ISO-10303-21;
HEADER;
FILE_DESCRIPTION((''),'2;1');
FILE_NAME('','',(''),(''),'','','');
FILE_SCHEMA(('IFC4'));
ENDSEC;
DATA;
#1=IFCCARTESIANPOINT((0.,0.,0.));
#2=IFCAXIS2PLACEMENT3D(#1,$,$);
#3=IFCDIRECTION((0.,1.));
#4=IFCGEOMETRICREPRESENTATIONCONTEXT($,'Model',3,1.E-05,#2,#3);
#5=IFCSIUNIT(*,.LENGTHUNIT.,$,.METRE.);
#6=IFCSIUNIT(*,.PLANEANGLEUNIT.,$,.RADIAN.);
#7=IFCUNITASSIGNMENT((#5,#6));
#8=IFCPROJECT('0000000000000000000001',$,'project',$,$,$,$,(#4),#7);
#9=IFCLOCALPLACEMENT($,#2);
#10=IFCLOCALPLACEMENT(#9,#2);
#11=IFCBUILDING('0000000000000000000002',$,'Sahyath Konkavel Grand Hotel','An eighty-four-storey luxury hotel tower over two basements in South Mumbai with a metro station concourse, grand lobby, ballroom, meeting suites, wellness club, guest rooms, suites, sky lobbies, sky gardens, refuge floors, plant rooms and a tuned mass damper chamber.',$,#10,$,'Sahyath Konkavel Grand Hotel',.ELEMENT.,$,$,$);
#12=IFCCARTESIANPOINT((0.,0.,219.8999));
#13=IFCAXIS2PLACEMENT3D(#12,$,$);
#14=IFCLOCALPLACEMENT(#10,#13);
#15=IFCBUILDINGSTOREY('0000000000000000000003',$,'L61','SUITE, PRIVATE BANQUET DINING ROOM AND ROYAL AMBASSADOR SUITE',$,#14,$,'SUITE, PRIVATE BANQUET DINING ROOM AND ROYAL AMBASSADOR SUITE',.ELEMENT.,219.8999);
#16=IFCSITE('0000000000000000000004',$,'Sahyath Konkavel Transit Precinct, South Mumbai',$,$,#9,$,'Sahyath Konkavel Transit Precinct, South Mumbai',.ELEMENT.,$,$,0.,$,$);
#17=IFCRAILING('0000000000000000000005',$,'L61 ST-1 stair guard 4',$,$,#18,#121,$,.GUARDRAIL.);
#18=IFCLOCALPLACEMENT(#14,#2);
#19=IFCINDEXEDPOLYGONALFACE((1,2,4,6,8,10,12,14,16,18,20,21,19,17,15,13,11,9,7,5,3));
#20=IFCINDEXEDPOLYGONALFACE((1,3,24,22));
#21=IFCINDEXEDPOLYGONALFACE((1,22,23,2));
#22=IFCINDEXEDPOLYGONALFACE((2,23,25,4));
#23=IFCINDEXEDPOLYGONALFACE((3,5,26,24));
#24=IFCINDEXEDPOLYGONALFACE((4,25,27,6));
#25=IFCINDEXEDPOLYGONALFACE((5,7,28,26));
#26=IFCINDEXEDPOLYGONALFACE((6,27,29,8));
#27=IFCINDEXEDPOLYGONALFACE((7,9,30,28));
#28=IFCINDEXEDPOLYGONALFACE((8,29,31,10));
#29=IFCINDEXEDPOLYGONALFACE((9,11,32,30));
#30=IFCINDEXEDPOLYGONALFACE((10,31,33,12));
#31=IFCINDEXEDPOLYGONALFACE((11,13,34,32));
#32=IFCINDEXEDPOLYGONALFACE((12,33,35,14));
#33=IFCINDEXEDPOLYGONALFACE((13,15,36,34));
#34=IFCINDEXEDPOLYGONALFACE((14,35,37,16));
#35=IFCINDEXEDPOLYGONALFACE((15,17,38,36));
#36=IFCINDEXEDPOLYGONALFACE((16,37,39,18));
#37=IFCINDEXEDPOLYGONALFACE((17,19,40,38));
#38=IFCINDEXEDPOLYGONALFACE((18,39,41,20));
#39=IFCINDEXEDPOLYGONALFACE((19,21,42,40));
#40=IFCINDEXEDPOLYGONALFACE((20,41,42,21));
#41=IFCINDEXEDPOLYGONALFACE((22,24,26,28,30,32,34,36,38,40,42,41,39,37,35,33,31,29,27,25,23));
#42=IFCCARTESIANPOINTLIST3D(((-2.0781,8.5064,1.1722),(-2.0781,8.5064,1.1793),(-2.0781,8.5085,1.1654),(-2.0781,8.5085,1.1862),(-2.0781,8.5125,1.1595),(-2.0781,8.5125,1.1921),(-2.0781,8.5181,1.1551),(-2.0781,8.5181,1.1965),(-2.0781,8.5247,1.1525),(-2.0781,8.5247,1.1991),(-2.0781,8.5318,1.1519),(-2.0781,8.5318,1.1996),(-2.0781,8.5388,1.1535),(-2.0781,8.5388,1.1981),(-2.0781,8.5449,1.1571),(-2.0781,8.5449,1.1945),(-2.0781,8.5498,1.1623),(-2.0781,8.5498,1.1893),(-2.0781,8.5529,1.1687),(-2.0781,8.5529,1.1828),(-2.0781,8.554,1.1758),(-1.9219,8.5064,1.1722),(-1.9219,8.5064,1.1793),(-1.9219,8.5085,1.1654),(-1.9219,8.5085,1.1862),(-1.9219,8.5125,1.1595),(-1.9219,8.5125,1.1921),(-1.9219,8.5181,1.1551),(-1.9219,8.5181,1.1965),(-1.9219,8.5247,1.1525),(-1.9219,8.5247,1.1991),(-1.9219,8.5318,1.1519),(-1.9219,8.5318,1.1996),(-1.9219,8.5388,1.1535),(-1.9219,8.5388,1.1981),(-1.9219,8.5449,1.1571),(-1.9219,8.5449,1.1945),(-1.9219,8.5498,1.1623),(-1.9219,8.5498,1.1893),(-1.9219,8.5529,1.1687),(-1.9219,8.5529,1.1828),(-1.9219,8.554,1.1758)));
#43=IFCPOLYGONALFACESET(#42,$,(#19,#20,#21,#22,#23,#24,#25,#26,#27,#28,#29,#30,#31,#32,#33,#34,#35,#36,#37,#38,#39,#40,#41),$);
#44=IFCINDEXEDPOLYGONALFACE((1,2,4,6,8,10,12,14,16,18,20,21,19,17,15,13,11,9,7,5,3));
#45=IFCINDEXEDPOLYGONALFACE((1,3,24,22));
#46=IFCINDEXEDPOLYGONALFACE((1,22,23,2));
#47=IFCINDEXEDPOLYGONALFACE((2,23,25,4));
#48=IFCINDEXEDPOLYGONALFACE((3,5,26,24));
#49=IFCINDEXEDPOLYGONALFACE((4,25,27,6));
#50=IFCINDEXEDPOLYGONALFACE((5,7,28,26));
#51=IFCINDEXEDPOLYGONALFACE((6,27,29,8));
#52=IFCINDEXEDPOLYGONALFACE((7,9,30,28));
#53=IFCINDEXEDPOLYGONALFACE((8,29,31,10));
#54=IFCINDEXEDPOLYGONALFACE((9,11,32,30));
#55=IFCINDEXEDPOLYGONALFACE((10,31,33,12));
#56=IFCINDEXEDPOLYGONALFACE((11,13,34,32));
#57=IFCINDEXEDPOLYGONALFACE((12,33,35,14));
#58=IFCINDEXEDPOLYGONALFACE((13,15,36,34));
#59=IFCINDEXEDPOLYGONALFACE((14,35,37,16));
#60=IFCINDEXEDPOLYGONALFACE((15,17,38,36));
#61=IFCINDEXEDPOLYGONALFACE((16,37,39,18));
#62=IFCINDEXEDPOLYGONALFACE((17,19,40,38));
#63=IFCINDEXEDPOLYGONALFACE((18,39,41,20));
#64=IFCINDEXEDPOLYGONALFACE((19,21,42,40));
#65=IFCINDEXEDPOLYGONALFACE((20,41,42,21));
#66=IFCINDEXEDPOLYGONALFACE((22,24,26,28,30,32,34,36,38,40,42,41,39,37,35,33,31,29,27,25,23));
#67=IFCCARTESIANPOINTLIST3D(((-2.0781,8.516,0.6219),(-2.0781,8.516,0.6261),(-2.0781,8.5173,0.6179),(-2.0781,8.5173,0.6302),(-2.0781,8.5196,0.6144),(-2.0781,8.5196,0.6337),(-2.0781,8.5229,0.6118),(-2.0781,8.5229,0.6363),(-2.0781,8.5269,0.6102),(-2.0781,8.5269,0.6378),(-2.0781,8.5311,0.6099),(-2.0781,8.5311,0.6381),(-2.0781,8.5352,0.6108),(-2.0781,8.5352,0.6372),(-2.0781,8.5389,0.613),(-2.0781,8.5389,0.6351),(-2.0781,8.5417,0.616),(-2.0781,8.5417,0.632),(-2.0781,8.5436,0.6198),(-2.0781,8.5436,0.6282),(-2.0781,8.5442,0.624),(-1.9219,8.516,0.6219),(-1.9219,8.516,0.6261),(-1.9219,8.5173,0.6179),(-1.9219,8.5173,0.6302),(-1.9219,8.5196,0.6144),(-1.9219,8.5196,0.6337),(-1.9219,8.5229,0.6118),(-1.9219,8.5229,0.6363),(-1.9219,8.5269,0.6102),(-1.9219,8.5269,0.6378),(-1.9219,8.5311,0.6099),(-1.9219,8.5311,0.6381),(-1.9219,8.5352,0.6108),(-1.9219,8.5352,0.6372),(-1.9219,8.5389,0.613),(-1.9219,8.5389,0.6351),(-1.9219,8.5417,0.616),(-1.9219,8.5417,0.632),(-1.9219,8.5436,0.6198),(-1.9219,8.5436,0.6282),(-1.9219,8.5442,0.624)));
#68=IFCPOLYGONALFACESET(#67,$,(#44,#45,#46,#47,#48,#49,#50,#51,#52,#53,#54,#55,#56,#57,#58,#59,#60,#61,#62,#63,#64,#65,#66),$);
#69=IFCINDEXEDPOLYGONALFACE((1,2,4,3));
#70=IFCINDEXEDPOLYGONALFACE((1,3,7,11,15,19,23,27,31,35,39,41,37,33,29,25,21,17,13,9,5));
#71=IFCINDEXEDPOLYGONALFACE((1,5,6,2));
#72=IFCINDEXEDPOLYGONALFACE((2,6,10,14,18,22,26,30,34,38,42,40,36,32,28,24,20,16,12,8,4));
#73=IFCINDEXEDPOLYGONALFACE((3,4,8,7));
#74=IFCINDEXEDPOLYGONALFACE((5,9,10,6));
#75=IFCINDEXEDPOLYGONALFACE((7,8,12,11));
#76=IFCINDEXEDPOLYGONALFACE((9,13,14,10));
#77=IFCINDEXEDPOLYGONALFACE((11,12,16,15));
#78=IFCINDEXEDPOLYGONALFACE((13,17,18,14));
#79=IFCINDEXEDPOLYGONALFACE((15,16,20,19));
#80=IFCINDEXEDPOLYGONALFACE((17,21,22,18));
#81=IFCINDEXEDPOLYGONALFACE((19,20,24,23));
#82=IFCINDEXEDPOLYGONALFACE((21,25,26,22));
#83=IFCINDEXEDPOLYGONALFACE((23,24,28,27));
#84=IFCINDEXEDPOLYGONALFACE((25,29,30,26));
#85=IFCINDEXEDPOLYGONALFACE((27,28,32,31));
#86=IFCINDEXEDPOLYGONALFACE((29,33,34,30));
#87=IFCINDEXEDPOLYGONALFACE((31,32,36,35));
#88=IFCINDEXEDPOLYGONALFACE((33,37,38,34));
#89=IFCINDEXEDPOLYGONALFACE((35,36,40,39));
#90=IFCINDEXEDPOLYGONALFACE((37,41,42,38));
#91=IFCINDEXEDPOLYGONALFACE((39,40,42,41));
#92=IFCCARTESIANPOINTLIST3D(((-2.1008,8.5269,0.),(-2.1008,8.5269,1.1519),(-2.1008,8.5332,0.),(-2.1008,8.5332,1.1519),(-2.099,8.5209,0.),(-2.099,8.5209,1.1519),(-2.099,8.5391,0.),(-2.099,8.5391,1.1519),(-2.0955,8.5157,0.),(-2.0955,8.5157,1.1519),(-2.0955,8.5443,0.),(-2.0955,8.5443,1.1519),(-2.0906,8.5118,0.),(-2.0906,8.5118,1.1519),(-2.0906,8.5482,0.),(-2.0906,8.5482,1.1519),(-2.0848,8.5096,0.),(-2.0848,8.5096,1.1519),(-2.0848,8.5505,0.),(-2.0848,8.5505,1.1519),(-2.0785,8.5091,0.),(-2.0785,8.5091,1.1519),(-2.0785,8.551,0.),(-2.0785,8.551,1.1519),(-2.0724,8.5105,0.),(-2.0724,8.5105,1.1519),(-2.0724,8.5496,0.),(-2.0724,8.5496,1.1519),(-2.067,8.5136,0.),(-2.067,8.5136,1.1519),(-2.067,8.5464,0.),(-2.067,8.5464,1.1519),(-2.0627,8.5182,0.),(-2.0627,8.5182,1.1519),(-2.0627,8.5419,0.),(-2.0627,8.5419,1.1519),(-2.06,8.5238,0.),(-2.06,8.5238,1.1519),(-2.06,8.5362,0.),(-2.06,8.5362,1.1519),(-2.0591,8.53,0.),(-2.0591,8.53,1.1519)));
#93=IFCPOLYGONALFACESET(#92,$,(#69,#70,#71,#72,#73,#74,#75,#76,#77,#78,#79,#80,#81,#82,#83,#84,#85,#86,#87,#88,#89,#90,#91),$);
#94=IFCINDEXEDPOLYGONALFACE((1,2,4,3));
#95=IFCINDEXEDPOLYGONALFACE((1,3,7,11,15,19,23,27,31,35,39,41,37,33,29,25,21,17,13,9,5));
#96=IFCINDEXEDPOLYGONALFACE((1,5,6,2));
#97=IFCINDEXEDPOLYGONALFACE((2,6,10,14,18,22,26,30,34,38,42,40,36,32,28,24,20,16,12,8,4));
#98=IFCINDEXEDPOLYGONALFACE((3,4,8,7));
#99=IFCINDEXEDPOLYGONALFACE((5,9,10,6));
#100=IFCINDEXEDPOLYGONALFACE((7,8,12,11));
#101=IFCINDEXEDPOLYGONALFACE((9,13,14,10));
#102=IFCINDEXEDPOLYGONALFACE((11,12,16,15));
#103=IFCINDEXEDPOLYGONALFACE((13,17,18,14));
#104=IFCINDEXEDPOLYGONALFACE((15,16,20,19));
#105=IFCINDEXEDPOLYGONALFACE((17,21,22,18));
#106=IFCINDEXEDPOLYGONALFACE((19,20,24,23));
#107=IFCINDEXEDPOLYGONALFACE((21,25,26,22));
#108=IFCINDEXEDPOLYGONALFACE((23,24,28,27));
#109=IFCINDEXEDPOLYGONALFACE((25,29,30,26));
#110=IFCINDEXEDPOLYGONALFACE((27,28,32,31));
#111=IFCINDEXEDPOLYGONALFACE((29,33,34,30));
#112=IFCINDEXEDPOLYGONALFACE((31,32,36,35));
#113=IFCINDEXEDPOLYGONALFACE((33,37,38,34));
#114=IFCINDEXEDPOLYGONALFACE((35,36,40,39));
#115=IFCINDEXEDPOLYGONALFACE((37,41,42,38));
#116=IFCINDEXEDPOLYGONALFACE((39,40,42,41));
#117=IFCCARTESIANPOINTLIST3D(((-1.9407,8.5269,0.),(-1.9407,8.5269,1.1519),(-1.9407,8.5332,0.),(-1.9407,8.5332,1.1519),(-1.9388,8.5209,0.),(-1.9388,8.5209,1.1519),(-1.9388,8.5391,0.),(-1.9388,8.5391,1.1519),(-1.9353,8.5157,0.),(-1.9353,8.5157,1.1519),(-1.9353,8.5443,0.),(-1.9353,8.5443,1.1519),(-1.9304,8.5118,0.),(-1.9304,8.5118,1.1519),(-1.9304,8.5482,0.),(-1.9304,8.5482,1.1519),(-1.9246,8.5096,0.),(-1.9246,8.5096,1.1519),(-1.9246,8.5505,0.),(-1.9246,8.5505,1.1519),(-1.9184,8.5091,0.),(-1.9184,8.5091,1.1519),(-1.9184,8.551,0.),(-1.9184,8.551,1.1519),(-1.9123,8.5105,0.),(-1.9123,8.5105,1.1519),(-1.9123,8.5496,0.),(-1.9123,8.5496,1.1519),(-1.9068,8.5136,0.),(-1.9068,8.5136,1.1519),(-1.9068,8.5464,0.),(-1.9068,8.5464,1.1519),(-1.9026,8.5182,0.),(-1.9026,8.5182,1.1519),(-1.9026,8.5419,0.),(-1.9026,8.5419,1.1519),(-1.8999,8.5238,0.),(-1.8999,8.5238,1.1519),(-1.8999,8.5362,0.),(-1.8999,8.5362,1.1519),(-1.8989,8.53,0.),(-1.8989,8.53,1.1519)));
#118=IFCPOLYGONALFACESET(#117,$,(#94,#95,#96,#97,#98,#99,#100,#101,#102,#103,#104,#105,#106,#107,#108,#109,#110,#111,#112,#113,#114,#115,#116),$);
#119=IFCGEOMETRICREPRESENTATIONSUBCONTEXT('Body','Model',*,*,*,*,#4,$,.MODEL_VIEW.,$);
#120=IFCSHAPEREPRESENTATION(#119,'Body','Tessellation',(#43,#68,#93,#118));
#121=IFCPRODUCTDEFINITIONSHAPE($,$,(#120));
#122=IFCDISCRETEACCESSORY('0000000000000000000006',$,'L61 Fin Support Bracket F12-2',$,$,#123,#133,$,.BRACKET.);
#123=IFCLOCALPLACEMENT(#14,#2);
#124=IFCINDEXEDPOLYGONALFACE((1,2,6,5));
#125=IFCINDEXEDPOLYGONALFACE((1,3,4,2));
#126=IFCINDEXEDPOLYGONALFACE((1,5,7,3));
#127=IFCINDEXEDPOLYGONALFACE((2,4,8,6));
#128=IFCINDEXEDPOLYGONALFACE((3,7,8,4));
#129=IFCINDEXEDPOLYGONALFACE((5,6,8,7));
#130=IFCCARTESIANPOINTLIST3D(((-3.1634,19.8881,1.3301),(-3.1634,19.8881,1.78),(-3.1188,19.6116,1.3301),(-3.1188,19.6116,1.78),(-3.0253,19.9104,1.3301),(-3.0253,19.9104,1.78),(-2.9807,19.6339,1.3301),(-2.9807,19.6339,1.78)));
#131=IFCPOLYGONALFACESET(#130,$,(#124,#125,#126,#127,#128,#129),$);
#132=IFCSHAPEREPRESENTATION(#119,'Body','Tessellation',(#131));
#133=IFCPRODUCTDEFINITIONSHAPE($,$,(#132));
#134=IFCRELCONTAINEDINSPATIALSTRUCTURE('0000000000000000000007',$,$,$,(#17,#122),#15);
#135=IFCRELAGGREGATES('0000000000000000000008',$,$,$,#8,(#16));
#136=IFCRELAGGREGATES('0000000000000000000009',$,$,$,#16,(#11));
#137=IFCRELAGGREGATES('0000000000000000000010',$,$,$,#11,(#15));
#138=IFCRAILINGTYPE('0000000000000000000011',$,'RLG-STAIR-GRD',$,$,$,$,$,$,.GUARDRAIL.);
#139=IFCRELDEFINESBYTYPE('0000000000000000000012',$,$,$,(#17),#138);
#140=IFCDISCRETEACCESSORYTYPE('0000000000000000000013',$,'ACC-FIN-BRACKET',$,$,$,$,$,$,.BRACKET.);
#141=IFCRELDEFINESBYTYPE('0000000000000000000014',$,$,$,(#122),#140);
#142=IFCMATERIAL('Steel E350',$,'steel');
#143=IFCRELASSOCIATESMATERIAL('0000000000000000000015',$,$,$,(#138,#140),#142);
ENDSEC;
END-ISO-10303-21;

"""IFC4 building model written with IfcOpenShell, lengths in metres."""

from ifc_helpers import new_model, si_unit, direction, frame, origin, origin_2d, place, context, subcontext, project, spatial, rectangle, circle, extrude, source, transform, mapped, material, type_object, element, save


model = new_model("IFC4")

# Units and contexts
model_context = context("Model", 3, precision=1e-05, world=origin(), true_north=direction((0.0, 1.0)))
body_context = subcontext(model_context, "Body", "Model", "MODEL_VIEW")
ifc_project = project(units=[si_unit("LENGTHUNIT", "METRE"), si_unit("PLANEANGLEUNIT", "RADIAN")], contexts=[model_context])

# Site, building, storey
site_placement = place(None, origin())
site = spatial("IfcSite", under=ifc_project, at=site_placement, Name="Sahyath Konkavel Transit Precinct, South Mumbai", LongName="Sahyath Konkavel Transit Precinct, South Mumbai", CompositionType="ELEMENT", RefElevation=0.0)
building_placement = place(site_placement, origin())
building = spatial("IfcBuilding", under=site, at=building_placement, Name="Sahyath Konkavel Grand Hotel", Description="An eighty-four-storey luxury hotel tower over two basements in South Mumbai with a metro station concourse, grand lobby, ballroom, meeting suites, wellness club, guest rooms, suites, sky lobbies, sky gardens, refuge floors, plant rooms and a tuned mass damper chamber.", LongName="Sahyath Konkavel Grand Hotel", CompositionType="ELEMENT")
storey_placement = place(building_placement, frame((0.0, 0.0, 219.8999)))
storey = spatial("IfcBuildingStorey", under=building, at=storey_placement, Name="L61", Description="SUITE, PRIVATE BANQUET DINING ROOM AND ROYAL AMBASSADOR SUITE", LongName="SUITE, PRIVATE BANQUET DINING ROOM AND ROYAL AMBASSADOR SUITE", CompositionType="ELEMENT", Elevation=219.8999)

# Shared definitions
ifc_material_1 = material(Name="Steel E350", Category="steel")

# Railing
railing_type = type_object("IfcRailingType", Name="RLG-STAIR-GRD", PredefinedType="GUARDRAIL", material=ifc_material_1)
railing_1_placement = place(storey_placement, frame((-2.0801, 8.53, 0.0)))
element("IfcRailing", 1, at=railing_1_placement, inside=storey, type_object=railing_type, Name="L61 ST-1 stair guard 4", PredefinedType="GUARDRAIL", context=body_context, shape_type="SweptSolid", body=[
    extrude(circle(Radius=0.0239, at=origin_2d()), frame((0.002, 0.0, 1.1758), z_axis=(1.0, 0.0, 0.0), x_axis=(0.0, 1.0, 0.0)), (0.0, 0.0, 1.0), 0.1562),
    extrude(circle(Radius=0.0142, at=origin_2d()), frame((0.002, 0.0, 0.624), z_axis=(1.0, 0.0, 0.0), x_axis=(0.0, 1.0, 0.0)), (0.0, 0.0, 1.0), 0.1562),
    extrude(circle(Radius=0.021, at=origin_2d()), origin(), (0.0, 0.0, 1.0), 1.1519),
    extrude(circle(Radius=0.021, at=origin_2d()), frame((0.1602, 0.0, 0.0)), (0.0, 0.0, 1.0), 1.1519),
])

# Discrete accessory
discrete_accessory_type = type_object("IfcDiscreteAccessoryType", Name="ACC-FIN-BRACKET", PredefinedType="BRACKET", material=ifc_material_1)
shared_shape_1 = source(origin(), body_context, "Body", "SweptSolid", [
    extrude(rectangle(XDim=0.28, YDim=0.1399, at=origin_2d()), origin(), (0.0, 0.0, 1.0), 0.45),
])
discrete_accessory_placement = place(storey_placement, frame((-3.072, 19.761, 1.3301), z_axis=(0.0, 0.0, 1.0), x_axis=(-0.159313, 0.987228, 0.0)))
element("IfcDiscreteAccessory", 2, at=discrete_accessory_placement, inside=storey, type_object=discrete_accessory_type, Name="L61 Fin Support Bracket F12-2", PredefinedType="BRACKET", context=body_context, shape_type="MappedRepresentation", body=[
    mapped(shared_shape_1, transform((0.0, 0.0, 0.0), scale=1.0)),
])

save(model, "model.ifc")
